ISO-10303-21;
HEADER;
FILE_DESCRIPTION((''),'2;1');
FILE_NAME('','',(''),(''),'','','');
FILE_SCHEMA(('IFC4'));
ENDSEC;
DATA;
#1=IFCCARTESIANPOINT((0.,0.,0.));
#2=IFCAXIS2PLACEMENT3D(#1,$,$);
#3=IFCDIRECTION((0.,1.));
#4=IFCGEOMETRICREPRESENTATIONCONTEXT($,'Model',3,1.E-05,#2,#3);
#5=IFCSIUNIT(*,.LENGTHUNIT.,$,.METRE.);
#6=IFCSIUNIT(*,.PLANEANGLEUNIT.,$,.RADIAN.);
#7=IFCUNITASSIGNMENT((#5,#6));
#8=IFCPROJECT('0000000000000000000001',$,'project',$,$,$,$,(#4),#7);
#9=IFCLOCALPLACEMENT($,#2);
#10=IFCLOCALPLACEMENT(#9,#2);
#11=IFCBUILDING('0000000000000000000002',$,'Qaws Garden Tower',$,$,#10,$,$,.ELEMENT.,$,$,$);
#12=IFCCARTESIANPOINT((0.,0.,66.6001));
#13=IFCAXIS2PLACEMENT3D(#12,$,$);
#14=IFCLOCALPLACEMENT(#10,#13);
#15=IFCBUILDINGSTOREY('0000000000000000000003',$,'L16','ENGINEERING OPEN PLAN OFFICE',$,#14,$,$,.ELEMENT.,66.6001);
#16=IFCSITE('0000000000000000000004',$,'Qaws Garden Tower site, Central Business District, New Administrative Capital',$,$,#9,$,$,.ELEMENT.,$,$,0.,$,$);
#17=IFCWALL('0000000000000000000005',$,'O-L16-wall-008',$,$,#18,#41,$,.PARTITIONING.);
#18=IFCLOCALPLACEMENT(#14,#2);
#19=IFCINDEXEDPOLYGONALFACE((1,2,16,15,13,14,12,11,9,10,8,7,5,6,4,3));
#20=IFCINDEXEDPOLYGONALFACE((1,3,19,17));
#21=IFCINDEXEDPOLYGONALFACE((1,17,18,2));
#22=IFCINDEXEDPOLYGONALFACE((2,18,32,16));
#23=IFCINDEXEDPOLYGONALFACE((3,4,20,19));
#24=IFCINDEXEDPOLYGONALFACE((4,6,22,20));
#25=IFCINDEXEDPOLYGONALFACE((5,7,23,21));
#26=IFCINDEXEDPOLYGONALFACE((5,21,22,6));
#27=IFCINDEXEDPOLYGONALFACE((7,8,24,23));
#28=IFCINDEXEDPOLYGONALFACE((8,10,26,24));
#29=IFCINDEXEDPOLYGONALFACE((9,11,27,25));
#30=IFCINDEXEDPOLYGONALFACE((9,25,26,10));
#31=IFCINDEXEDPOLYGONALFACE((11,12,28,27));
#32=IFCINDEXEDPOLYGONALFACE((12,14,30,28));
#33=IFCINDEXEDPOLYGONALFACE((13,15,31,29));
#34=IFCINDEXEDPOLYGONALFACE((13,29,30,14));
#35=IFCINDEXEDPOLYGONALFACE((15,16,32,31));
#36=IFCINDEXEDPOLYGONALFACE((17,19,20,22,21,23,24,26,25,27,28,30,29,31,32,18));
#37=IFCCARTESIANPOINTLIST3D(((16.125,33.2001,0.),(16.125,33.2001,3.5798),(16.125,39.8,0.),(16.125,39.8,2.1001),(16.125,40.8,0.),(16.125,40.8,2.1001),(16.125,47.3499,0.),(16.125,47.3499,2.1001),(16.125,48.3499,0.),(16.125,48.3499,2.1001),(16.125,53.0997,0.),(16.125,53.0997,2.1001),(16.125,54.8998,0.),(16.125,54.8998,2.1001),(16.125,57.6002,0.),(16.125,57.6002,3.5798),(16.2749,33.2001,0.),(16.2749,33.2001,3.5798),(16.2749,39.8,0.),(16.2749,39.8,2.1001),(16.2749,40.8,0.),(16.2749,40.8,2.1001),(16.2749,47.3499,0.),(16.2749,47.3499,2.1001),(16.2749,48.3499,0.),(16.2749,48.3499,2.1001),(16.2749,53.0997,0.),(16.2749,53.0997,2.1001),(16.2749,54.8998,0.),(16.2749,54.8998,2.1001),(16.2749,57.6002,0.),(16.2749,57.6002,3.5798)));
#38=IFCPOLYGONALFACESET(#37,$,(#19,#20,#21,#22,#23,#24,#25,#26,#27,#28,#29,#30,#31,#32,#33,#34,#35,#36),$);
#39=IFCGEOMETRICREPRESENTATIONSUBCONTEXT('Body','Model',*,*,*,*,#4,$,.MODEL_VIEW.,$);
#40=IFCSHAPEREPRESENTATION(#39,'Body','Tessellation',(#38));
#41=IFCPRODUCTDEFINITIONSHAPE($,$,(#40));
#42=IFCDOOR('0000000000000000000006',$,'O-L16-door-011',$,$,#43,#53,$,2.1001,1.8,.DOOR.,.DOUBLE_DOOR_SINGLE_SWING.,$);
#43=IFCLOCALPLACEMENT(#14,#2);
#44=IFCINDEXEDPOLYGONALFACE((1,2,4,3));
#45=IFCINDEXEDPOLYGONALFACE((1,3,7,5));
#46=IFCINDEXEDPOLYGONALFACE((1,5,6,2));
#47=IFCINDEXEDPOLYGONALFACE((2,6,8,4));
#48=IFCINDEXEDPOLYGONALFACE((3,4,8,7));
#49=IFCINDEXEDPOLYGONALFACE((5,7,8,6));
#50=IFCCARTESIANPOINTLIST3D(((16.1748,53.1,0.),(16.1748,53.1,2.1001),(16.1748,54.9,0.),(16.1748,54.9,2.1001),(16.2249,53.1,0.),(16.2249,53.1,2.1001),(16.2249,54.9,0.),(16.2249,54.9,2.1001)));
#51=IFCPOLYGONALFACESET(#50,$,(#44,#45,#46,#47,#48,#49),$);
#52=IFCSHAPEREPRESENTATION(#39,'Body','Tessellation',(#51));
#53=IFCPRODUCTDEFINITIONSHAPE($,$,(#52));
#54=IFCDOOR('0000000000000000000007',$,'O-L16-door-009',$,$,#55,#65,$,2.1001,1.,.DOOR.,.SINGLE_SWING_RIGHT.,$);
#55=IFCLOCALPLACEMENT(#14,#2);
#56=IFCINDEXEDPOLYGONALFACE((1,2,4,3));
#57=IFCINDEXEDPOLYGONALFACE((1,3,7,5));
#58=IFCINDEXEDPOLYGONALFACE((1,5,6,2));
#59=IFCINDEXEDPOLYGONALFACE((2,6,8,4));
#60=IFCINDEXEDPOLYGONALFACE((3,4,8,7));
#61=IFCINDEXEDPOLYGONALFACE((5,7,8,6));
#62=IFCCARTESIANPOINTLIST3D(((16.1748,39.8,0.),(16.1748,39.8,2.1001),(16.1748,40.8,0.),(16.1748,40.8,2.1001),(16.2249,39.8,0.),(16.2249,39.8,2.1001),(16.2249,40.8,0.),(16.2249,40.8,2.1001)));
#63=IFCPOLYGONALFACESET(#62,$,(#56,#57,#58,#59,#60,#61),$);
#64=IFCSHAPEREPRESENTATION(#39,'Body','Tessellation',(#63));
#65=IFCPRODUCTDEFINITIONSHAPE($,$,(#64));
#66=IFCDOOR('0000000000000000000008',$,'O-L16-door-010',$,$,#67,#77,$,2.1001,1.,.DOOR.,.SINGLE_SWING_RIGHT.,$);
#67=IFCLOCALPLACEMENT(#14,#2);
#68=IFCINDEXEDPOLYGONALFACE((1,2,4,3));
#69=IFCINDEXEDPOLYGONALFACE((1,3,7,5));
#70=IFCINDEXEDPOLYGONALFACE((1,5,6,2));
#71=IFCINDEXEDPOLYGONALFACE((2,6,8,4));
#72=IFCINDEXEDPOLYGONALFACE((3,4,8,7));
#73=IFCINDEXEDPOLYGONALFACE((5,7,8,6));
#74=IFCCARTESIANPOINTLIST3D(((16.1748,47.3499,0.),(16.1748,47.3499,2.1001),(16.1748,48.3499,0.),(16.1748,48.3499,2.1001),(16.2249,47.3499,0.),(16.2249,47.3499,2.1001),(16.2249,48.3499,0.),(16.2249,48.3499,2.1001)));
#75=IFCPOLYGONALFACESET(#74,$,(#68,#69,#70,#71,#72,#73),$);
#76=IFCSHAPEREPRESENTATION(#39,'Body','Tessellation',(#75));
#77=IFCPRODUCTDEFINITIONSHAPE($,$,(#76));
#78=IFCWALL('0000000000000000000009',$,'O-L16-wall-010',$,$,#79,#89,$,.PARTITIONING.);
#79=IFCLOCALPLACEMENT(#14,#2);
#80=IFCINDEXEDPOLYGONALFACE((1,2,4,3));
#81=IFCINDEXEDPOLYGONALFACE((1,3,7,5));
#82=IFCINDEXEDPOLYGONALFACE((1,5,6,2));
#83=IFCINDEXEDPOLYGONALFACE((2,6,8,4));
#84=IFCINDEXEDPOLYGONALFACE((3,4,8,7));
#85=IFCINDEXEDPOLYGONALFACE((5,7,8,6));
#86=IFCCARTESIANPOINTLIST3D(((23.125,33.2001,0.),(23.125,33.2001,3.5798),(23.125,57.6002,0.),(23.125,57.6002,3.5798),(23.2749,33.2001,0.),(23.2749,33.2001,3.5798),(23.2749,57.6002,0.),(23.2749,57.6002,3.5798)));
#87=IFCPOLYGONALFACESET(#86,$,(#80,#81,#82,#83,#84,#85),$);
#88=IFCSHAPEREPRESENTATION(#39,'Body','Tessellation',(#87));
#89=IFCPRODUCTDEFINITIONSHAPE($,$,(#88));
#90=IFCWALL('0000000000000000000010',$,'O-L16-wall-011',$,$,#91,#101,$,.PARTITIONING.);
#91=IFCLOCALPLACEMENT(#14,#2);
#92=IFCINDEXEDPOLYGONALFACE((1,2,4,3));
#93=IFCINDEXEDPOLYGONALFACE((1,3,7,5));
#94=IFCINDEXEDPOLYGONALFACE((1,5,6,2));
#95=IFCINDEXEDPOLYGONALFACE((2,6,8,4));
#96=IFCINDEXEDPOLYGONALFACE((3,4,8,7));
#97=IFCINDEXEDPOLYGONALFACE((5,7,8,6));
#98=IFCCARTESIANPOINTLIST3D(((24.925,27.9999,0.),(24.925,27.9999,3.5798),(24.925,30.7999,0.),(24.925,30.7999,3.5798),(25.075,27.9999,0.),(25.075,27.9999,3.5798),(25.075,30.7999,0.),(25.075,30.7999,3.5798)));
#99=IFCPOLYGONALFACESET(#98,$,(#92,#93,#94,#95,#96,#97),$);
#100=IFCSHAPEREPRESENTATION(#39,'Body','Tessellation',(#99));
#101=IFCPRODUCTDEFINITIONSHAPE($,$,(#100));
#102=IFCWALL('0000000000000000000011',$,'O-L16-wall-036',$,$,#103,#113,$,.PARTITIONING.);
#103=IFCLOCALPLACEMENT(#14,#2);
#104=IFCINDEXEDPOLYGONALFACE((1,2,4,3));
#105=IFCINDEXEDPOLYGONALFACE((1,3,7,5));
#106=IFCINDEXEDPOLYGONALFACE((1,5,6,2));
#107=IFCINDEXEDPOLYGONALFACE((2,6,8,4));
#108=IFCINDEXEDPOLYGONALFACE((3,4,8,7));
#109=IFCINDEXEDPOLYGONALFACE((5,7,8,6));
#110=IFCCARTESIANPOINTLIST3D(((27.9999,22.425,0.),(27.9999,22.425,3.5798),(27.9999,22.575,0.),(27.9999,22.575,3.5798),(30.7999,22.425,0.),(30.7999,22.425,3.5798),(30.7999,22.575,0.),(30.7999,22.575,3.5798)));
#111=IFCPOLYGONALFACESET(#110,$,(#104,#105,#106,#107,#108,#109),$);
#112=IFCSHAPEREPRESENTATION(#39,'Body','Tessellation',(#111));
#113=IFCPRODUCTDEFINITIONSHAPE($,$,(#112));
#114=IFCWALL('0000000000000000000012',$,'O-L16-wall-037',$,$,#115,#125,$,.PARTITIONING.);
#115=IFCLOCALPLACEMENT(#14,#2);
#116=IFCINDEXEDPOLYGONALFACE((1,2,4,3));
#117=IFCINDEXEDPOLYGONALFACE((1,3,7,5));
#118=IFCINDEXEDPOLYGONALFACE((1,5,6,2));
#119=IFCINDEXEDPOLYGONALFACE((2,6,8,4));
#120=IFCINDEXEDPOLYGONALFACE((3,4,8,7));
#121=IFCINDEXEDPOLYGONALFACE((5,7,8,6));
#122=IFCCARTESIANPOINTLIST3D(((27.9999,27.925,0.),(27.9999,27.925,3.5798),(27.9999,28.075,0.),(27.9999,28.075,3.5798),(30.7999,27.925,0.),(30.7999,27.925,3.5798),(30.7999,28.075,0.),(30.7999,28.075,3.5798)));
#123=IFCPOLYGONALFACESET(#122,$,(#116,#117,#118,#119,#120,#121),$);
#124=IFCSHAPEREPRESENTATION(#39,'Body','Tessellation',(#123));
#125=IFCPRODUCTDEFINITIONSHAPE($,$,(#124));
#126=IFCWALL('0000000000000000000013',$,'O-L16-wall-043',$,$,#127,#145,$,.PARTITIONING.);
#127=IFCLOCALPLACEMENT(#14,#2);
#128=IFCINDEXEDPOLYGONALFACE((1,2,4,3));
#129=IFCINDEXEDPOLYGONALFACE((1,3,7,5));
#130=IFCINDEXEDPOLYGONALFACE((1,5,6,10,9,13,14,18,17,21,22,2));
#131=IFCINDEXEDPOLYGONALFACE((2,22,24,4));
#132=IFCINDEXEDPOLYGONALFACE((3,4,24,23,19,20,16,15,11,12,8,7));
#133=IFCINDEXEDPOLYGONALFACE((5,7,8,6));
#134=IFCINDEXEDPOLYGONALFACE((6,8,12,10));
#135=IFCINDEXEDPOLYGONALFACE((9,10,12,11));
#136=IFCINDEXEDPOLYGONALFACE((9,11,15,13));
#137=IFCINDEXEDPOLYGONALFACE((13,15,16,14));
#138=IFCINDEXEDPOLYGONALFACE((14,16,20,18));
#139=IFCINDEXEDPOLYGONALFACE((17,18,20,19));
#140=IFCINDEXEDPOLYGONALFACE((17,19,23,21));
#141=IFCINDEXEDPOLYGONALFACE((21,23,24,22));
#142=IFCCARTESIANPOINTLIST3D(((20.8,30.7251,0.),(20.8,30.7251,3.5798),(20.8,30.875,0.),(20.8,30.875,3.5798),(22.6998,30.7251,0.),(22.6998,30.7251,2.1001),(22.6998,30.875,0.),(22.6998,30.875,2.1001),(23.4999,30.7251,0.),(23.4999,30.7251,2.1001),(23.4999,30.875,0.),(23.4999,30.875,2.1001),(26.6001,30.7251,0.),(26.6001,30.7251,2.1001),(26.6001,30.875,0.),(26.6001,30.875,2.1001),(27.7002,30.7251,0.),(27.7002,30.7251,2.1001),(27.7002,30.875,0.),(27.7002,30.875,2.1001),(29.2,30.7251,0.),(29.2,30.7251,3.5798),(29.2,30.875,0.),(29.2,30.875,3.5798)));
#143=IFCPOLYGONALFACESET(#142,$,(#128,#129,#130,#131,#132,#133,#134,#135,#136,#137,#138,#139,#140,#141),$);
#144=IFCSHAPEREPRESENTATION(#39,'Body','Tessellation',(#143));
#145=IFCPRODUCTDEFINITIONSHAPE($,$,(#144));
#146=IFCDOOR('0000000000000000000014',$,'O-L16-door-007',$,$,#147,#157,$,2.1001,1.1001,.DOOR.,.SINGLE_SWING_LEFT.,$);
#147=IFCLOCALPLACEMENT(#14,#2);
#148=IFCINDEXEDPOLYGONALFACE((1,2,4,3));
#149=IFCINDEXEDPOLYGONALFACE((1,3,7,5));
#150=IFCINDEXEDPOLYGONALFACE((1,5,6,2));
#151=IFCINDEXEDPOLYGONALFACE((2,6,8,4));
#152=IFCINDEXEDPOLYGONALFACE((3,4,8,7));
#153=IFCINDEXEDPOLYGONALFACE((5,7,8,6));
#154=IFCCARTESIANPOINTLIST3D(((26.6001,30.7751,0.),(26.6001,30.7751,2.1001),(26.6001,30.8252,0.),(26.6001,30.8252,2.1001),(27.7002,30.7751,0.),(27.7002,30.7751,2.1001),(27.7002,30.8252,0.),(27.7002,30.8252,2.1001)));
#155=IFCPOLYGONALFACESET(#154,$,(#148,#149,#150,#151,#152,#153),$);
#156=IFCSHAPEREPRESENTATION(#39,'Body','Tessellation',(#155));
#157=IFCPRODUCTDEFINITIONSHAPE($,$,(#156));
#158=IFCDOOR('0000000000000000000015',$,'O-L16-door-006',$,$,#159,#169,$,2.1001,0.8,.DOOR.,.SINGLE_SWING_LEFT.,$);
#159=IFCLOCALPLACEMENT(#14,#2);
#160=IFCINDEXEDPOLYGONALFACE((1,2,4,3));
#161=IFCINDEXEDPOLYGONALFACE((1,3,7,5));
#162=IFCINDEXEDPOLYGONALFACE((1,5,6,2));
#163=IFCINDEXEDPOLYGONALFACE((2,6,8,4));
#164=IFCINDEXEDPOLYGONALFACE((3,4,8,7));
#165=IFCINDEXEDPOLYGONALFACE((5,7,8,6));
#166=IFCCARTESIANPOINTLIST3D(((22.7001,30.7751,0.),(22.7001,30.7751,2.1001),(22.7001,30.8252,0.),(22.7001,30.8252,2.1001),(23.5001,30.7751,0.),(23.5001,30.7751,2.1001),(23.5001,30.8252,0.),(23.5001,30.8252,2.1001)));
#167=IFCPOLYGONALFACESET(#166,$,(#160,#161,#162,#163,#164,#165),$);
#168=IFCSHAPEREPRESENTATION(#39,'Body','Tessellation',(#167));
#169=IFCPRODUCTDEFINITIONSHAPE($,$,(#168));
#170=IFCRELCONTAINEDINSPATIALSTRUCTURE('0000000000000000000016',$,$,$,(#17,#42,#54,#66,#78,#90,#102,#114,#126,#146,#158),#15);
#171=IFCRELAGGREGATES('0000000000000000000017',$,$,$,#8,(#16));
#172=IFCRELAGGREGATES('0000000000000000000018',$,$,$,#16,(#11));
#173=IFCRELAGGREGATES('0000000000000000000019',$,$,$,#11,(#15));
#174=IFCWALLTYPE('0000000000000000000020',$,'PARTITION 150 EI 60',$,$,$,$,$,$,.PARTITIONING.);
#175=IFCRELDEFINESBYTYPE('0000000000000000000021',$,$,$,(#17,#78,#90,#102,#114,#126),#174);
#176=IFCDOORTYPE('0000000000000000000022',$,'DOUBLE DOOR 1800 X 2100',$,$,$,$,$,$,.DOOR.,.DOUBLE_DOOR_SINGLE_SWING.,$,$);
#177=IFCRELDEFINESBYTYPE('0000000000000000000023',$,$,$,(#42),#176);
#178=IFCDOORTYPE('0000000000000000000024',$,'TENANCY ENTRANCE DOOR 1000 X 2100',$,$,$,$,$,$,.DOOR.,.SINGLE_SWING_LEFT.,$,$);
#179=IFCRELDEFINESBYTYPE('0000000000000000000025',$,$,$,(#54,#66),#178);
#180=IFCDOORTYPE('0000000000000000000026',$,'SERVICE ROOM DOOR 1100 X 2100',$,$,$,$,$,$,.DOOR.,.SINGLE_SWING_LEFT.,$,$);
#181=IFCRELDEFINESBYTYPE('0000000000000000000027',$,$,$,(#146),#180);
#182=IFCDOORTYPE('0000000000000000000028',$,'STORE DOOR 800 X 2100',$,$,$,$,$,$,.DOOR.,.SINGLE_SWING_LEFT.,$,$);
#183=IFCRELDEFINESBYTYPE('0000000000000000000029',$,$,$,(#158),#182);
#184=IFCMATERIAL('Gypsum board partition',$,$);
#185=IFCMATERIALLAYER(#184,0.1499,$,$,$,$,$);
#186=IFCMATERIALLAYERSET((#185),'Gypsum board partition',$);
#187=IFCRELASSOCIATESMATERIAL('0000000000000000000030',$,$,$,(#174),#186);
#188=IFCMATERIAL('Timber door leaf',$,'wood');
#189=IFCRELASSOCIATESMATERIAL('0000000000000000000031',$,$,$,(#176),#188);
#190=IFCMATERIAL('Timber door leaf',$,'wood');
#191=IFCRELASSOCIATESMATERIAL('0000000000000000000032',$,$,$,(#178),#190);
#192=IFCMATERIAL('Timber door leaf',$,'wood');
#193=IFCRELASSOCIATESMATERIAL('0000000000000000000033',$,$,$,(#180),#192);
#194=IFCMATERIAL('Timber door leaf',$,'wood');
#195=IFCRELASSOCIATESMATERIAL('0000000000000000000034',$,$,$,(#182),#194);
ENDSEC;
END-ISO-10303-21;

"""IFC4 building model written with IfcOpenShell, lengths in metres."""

from ifc_helpers import new_model, si_unit, direction, frame, frame_2d, origin, place, context, subcontext, project, spatial, rectangle, extrude, material, layer, layer_set, type_object, element, fill, save


model = new_model("IFC4")

# Units and contexts
model_context = context("Model", 3, precision=1e-05, world=origin(), true_north=direction((0.0, 1.0)))
body_context = subcontext(model_context, "Body", "Model", "MODEL_VIEW")
ifc_project = project(units=[si_unit("LENGTHUNIT", "METRE"), si_unit("PLANEANGLEUNIT", "RADIAN")], contexts=[model_context])

# Site, building, storey
site_placement = place(None, origin())
site = spatial("IfcSite", under=ifc_project, at=site_placement, Name="Qaws Garden Tower site, Central Business District, New Administrative Capital", CompositionType="ELEMENT", RefElevation=0.0)
building_placement = place(site_placement, origin())
building = spatial("IfcBuilding", under=site, at=building_placement, Name="Qaws Garden Tower", CompositionType="ELEMENT")
storey_placement = place(building_placement, frame((0.0, 0.0, 66.6001)))
storey = spatial("IfcBuildingStorey", under=building, at=storey_placement, Name="L16", Description="ENGINEERING OPEN PLAN OFFICE", CompositionType="ELEMENT", Elevation=66.6001)

# Wall, openings, doors
ifc_material_1 = material(Name="Gypsum board partition")
ifc_layer_1 = layer(ifc_material_1, 0.1499)
ifc_layer_set_1 = layer_set([ifc_layer_1], Name="Gypsum board partition")
wall_type_1 = type_object("IfcWallType", Name="PARTITION 150 EI 60", PredefinedType="PARTITIONING", material=ifc_layer_set_1)
wall_1_placement = place(storey_placement, frame((16.2, 33.2, 0.0), z_axis=(0.0, 0.0, 1.0), x_axis=(0.0, 1.0, 0.0)))
wall_1 = element("IfcWall", 1, at=wall_1_placement, inside=storey, type_object=wall_type_1, Name="O-L16-wall-008", PredefinedType="PARTITIONING", context=body_context, shape_type="SweptSolid", body=[
    extrude(rectangle(XDim=24.4001, YDim=0.1499, at=frame_2d((12.2002, 0.0))), origin(), (0.0, 0.0, 1.0), 3.5798),
])
opening_1_placement = place(wall_1_placement, frame((6.6001, 0.0, 0.0)))
opening_1 = element("IfcOpeningElement", 2, at=opening_1_placement, cuts=wall_1, PredefinedType="OPENING", context=body_context, shape_type="SweptSolid", body=[
    extrude(rectangle(XDim=1.0, YDim=2.1001, at=frame_2d((0.5, 1.05))), frame((0.0, 0.085, 0.0), z_axis=(0.0, -1.0, 0.0), x_axis=(1.0, 0.0, 0.0)), (0.0, 0.0, 1.0), 0.1699),
])
opening_2_placement = place(wall_1_placement, frame((14.1499, 0.0, 0.0)))
opening_2 = element("IfcOpeningElement", 3, at=opening_2_placement, cuts=wall_1, PredefinedType="OPENING", context=body_context, shape_type="SweptSolid", body=[
    extrude(rectangle(XDim=1.0, YDim=2.1001, at=frame_2d((0.5, 1.05))), frame((0.0, 0.085, 0.0), z_axis=(0.0, -1.0, 0.0), x_axis=(1.0, 0.0, 0.0)), (0.0, 0.0, 1.0), 0.1699),
])
opening_3_placement = place(wall_1_placement, frame((19.8999, 0.0, 0.0)))
opening_3 = element("IfcOpeningElement", 4, at=opening_3_placement, cuts=wall_1, PredefinedType="OPENING", context=body_context, shape_type="SweptSolid", body=[
    extrude(rectangle(XDim=1.8, YDim=2.1001, at=frame_2d((0.8999, 1.05))), frame((0.0, 0.085, 0.0), z_axis=(0.0, -1.0, 0.0), x_axis=(1.0, 0.0, 0.0)), (0.0, 0.0, 1.0), 0.1699),
])
ifc_material_2 = material(Name="Timber door leaf", Category="wood")
door_type_1 = type_object("IfcDoorType", Name="DOUBLE DOOR 1800 X 2100", OperationType="DOUBLE_DOOR_SINGLE_SWING", PredefinedType="DOOR", material=ifc_material_2)
door_1_placement = place(opening_3_placement, frame((1.8, 0.0, 0.0), z_axis=(0.0, 0.0, 1.0), x_axis=(-1.0, 0.0, 0.0)))
door_1 = element("IfcDoor", 5, at=door_1_placement, inside=storey, type_object=door_type_1, Name="O-L16-door-011", OperationType="DOUBLE_DOOR_SINGLE_SWING", OverallHeight=2.1001, OverallWidth=1.8, PredefinedType="DOOR", context=body_context, shape_type="SweptSolid", body=[
    extrude(rectangle(XDim=1.8, YDim=2.1001, at=frame_2d((0.8999, 1.05))), frame((0.0, 0.0249, 0.0), z_axis=(0.0, -1.0, 0.0), x_axis=(1.0, 0.0, 0.0)), (0.0, 0.0, 1.0), 0.05),
])
fill(opening_3, door_1)
ifc_material_3 = material(Name="Timber door leaf", Category="wood")
door_type_2 = type_object("IfcDoorType", Name="TENANCY ENTRANCE DOOR 1000 X 2100", OperationType="SINGLE_SWING_LEFT", PredefinedType="DOOR", material=ifc_material_3)
door_2_placement = place(opening_1_placement, frame((1.0, 0.0, 0.0), z_axis=(0.0, 0.0, 1.0), x_axis=(-1.0, 0.0, 0.0)))
door_2 = element("IfcDoor", 6, at=door_2_placement, inside=storey, type_object=door_type_2, Name="O-L16-door-009", OperationType="SINGLE_SWING_RIGHT", OverallHeight=2.1001, OverallWidth=1.0, PredefinedType="DOOR", context=body_context, shape_type="SweptSolid", body=[
    extrude(rectangle(XDim=1.0, YDim=2.1001, at=frame_2d((0.5, 1.05))), frame((0.0, 0.0249, 0.0), z_axis=(0.0, -1.0, 0.0), x_axis=(1.0, 0.0, 0.0)), (0.0, 0.0, 1.0), 0.05),
])
fill(opening_1, door_2)
door_3_placement = place(opening_2_placement, frame((1.0, 0.0, 0.0), z_axis=(0.0, 0.0, 1.0), x_axis=(-1.0, 0.0, 0.0)))
door_3 = element("IfcDoor", 7, at=door_3_placement, inside=storey, type_object=door_type_2, Name="O-L16-door-010", OperationType="SINGLE_SWING_RIGHT", OverallHeight=2.1001, OverallWidth=1.0, PredefinedType="DOOR", context=body_context, shape_type="SweptSolid", body=[
    extrude(rectangle(XDim=1.0, YDim=2.1001, at=frame_2d((0.5, 1.05))), frame((0.0, 0.0249, 0.0), z_axis=(0.0, -1.0, 0.0), x_axis=(1.0, 0.0, 0.0)), (0.0, 0.0, 1.0), 0.05),
])
fill(opening_2, door_3)

# Walls
wall_2_placement = place(storey_placement, frame((23.2, 33.2, 0.0), z_axis=(0.0, 0.0, 1.0), x_axis=(0.0, 1.0, 0.0)))
element("IfcWall", 8, at=wall_2_placement, inside=storey, type_object=wall_type_1, Name="O-L16-wall-010", PredefinedType="PARTITIONING", context=body_context, shape_type="SweptSolid", body=[
    extrude(rectangle(XDim=24.4001, YDim=0.1499, at=frame_2d((12.2002, 0.0))), origin(), (0.0, 0.0, 1.0), 3.5798),
])
for number, where, z_axis, x_axis, name in (
    (9, (25.0, 28.0, 0.0), (0.0, 0.0, 1.0), (0.0, 1.0, 0.0), "O-L16-wall-011"),
    (10, (28.0, 22.5, 0.0), (0.0, 0.0, 1.0), (1.0, 0.0, 0.0), "O-L16-wall-036"),
    (11, (28.0, 28.0, 0.0), (0.0, 0.0, 1.0), (1.0, 0.0, 0.0), "O-L16-wall-037"),
):
    element("IfcWall", number, at=place(storey_placement, frame(where, z_axis=z_axis, x_axis=x_axis)), inside=storey, type_object=wall_type_1, Name=name, PredefinedType="PARTITIONING", context=body_context, shape_type="SweptSolid", body=[
        extrude(rectangle(XDim=2.8, YDim=0.1499, at=frame_2d((1.3999, 0.0))), origin(), (0.0, 0.0, 1.0), 3.5798),
    ])

# Wall, openings, doors
wall_3_placement = place(storey_placement, frame((20.8, 30.8, 0.0), z_axis=(0.0, 0.0, 1.0), x_axis=(1.0, 0.0, 0.0)))
wall_3 = element("IfcWall", 12, at=wall_3_placement, inside=storey, type_object=wall_type_1, Name="O-L16-wall-043", PredefinedType="PARTITIONING", context=body_context, shape_type="SweptSolid", body=[
    extrude(rectangle(XDim=8.3999, YDim=0.1499, at=frame_2d((4.2, 0.0))), origin(), (0.0, 0.0, 1.0), 3.5798),
])
opening_4_placement = place(wall_3_placement, frame((1.8999, 0.0, 0.0)))
opening_4 = element("IfcOpeningElement", 13, at=opening_4_placement, cuts=wall_3, PredefinedType="OPENING", context=body_context, shape_type="SweptSolid", body=[
    extrude(rectangle(XDim=0.8, YDim=2.1001, at=frame_2d((0.3999, 1.05))), frame((0.0, 0.085, 0.0), z_axis=(0.0, -1.0, 0.0), x_axis=(1.0, 0.0, 0.0)), (0.0, 0.0, 1.0), 0.1699),
])
opening_5_placement = place(wall_3_placement, frame((5.8, 0.0, 0.0)))
opening_5 = element("IfcOpeningElement", 14, at=opening_5_placement, cuts=wall_3, PredefinedType="OPENING", context=body_context, shape_type="SweptSolid", body=[
    extrude(rectangle(XDim=1.1001, YDim=2.1001, at=frame_2d((0.55, 1.05))), frame((0.0, 0.085, 0.0), z_axis=(0.0, -1.0, 0.0), x_axis=(1.0, 0.0, 0.0)), (0.0, 0.0, 1.0), 0.1699),
])
ifc_material_4 = material(Name="Timber door leaf", Category="wood")
door_type_3 = type_object("IfcDoorType", Name="SERVICE ROOM DOOR 1100 X 2100", OperationType="SINGLE_SWING_LEFT", PredefinedType="DOOR", material=ifc_material_4)
door_4_placement = place(opening_5_placement, frame((1.1001, 0.0, 0.0), z_axis=(0.0, 0.0, 1.0), x_axis=(-1.0, 0.0, 0.0)))
door_4 = element("IfcDoor", 15, at=door_4_placement, inside=storey, type_object=door_type_3, Name="O-L16-door-007", OperationType="SINGLE_SWING_LEFT", OverallHeight=2.1001, OverallWidth=1.1001, PredefinedType="DOOR", context=body_context, shape_type="SweptSolid", body=[
    extrude(rectangle(XDim=1.1001, YDim=2.1001, at=frame_2d((0.55, 1.05))), frame((0.0, 0.0249, 0.0), z_axis=(0.0, -1.0, 0.0), x_axis=(1.0, 0.0, 0.0)), (0.0, 0.0, 1.0), 0.05),
])
fill(opening_5, door_4)
ifc_material_5 = material(Name="Timber door leaf", Category="wood")
door_type_4 = type_object("IfcDoorType", Name="STORE DOOR 800 X 2100", OperationType="SINGLE_SWING_LEFT", PredefinedType="DOOR", material=ifc_material_5)
door_5_placement = place(opening_4_placement, frame((0.8, 0.0, 0.0), z_axis=(0.0, 0.0, 1.0), x_axis=(-1.0, 0.0, 0.0)))
door_5 = element("IfcDoor", 16, at=door_5_placement, inside=storey, type_object=door_type_4, Name="O-L16-door-006", OperationType="SINGLE_SWING_LEFT", OverallHeight=2.1001, OverallWidth=0.8, PredefinedType="DOOR", context=body_context, shape_type="SweptSolid", body=[
    extrude(rectangle(XDim=0.8, YDim=2.1001, at=frame_2d((0.3999, 1.05))), frame((0.0, 0.0249, 0.0), z_axis=(0.0, -1.0, 0.0), x_axis=(1.0, 0.0, 0.0)), (0.0, 0.0, 1.0), 0.05),
])
fill(opening_4, door_5)

save(model, "model.ifc")
